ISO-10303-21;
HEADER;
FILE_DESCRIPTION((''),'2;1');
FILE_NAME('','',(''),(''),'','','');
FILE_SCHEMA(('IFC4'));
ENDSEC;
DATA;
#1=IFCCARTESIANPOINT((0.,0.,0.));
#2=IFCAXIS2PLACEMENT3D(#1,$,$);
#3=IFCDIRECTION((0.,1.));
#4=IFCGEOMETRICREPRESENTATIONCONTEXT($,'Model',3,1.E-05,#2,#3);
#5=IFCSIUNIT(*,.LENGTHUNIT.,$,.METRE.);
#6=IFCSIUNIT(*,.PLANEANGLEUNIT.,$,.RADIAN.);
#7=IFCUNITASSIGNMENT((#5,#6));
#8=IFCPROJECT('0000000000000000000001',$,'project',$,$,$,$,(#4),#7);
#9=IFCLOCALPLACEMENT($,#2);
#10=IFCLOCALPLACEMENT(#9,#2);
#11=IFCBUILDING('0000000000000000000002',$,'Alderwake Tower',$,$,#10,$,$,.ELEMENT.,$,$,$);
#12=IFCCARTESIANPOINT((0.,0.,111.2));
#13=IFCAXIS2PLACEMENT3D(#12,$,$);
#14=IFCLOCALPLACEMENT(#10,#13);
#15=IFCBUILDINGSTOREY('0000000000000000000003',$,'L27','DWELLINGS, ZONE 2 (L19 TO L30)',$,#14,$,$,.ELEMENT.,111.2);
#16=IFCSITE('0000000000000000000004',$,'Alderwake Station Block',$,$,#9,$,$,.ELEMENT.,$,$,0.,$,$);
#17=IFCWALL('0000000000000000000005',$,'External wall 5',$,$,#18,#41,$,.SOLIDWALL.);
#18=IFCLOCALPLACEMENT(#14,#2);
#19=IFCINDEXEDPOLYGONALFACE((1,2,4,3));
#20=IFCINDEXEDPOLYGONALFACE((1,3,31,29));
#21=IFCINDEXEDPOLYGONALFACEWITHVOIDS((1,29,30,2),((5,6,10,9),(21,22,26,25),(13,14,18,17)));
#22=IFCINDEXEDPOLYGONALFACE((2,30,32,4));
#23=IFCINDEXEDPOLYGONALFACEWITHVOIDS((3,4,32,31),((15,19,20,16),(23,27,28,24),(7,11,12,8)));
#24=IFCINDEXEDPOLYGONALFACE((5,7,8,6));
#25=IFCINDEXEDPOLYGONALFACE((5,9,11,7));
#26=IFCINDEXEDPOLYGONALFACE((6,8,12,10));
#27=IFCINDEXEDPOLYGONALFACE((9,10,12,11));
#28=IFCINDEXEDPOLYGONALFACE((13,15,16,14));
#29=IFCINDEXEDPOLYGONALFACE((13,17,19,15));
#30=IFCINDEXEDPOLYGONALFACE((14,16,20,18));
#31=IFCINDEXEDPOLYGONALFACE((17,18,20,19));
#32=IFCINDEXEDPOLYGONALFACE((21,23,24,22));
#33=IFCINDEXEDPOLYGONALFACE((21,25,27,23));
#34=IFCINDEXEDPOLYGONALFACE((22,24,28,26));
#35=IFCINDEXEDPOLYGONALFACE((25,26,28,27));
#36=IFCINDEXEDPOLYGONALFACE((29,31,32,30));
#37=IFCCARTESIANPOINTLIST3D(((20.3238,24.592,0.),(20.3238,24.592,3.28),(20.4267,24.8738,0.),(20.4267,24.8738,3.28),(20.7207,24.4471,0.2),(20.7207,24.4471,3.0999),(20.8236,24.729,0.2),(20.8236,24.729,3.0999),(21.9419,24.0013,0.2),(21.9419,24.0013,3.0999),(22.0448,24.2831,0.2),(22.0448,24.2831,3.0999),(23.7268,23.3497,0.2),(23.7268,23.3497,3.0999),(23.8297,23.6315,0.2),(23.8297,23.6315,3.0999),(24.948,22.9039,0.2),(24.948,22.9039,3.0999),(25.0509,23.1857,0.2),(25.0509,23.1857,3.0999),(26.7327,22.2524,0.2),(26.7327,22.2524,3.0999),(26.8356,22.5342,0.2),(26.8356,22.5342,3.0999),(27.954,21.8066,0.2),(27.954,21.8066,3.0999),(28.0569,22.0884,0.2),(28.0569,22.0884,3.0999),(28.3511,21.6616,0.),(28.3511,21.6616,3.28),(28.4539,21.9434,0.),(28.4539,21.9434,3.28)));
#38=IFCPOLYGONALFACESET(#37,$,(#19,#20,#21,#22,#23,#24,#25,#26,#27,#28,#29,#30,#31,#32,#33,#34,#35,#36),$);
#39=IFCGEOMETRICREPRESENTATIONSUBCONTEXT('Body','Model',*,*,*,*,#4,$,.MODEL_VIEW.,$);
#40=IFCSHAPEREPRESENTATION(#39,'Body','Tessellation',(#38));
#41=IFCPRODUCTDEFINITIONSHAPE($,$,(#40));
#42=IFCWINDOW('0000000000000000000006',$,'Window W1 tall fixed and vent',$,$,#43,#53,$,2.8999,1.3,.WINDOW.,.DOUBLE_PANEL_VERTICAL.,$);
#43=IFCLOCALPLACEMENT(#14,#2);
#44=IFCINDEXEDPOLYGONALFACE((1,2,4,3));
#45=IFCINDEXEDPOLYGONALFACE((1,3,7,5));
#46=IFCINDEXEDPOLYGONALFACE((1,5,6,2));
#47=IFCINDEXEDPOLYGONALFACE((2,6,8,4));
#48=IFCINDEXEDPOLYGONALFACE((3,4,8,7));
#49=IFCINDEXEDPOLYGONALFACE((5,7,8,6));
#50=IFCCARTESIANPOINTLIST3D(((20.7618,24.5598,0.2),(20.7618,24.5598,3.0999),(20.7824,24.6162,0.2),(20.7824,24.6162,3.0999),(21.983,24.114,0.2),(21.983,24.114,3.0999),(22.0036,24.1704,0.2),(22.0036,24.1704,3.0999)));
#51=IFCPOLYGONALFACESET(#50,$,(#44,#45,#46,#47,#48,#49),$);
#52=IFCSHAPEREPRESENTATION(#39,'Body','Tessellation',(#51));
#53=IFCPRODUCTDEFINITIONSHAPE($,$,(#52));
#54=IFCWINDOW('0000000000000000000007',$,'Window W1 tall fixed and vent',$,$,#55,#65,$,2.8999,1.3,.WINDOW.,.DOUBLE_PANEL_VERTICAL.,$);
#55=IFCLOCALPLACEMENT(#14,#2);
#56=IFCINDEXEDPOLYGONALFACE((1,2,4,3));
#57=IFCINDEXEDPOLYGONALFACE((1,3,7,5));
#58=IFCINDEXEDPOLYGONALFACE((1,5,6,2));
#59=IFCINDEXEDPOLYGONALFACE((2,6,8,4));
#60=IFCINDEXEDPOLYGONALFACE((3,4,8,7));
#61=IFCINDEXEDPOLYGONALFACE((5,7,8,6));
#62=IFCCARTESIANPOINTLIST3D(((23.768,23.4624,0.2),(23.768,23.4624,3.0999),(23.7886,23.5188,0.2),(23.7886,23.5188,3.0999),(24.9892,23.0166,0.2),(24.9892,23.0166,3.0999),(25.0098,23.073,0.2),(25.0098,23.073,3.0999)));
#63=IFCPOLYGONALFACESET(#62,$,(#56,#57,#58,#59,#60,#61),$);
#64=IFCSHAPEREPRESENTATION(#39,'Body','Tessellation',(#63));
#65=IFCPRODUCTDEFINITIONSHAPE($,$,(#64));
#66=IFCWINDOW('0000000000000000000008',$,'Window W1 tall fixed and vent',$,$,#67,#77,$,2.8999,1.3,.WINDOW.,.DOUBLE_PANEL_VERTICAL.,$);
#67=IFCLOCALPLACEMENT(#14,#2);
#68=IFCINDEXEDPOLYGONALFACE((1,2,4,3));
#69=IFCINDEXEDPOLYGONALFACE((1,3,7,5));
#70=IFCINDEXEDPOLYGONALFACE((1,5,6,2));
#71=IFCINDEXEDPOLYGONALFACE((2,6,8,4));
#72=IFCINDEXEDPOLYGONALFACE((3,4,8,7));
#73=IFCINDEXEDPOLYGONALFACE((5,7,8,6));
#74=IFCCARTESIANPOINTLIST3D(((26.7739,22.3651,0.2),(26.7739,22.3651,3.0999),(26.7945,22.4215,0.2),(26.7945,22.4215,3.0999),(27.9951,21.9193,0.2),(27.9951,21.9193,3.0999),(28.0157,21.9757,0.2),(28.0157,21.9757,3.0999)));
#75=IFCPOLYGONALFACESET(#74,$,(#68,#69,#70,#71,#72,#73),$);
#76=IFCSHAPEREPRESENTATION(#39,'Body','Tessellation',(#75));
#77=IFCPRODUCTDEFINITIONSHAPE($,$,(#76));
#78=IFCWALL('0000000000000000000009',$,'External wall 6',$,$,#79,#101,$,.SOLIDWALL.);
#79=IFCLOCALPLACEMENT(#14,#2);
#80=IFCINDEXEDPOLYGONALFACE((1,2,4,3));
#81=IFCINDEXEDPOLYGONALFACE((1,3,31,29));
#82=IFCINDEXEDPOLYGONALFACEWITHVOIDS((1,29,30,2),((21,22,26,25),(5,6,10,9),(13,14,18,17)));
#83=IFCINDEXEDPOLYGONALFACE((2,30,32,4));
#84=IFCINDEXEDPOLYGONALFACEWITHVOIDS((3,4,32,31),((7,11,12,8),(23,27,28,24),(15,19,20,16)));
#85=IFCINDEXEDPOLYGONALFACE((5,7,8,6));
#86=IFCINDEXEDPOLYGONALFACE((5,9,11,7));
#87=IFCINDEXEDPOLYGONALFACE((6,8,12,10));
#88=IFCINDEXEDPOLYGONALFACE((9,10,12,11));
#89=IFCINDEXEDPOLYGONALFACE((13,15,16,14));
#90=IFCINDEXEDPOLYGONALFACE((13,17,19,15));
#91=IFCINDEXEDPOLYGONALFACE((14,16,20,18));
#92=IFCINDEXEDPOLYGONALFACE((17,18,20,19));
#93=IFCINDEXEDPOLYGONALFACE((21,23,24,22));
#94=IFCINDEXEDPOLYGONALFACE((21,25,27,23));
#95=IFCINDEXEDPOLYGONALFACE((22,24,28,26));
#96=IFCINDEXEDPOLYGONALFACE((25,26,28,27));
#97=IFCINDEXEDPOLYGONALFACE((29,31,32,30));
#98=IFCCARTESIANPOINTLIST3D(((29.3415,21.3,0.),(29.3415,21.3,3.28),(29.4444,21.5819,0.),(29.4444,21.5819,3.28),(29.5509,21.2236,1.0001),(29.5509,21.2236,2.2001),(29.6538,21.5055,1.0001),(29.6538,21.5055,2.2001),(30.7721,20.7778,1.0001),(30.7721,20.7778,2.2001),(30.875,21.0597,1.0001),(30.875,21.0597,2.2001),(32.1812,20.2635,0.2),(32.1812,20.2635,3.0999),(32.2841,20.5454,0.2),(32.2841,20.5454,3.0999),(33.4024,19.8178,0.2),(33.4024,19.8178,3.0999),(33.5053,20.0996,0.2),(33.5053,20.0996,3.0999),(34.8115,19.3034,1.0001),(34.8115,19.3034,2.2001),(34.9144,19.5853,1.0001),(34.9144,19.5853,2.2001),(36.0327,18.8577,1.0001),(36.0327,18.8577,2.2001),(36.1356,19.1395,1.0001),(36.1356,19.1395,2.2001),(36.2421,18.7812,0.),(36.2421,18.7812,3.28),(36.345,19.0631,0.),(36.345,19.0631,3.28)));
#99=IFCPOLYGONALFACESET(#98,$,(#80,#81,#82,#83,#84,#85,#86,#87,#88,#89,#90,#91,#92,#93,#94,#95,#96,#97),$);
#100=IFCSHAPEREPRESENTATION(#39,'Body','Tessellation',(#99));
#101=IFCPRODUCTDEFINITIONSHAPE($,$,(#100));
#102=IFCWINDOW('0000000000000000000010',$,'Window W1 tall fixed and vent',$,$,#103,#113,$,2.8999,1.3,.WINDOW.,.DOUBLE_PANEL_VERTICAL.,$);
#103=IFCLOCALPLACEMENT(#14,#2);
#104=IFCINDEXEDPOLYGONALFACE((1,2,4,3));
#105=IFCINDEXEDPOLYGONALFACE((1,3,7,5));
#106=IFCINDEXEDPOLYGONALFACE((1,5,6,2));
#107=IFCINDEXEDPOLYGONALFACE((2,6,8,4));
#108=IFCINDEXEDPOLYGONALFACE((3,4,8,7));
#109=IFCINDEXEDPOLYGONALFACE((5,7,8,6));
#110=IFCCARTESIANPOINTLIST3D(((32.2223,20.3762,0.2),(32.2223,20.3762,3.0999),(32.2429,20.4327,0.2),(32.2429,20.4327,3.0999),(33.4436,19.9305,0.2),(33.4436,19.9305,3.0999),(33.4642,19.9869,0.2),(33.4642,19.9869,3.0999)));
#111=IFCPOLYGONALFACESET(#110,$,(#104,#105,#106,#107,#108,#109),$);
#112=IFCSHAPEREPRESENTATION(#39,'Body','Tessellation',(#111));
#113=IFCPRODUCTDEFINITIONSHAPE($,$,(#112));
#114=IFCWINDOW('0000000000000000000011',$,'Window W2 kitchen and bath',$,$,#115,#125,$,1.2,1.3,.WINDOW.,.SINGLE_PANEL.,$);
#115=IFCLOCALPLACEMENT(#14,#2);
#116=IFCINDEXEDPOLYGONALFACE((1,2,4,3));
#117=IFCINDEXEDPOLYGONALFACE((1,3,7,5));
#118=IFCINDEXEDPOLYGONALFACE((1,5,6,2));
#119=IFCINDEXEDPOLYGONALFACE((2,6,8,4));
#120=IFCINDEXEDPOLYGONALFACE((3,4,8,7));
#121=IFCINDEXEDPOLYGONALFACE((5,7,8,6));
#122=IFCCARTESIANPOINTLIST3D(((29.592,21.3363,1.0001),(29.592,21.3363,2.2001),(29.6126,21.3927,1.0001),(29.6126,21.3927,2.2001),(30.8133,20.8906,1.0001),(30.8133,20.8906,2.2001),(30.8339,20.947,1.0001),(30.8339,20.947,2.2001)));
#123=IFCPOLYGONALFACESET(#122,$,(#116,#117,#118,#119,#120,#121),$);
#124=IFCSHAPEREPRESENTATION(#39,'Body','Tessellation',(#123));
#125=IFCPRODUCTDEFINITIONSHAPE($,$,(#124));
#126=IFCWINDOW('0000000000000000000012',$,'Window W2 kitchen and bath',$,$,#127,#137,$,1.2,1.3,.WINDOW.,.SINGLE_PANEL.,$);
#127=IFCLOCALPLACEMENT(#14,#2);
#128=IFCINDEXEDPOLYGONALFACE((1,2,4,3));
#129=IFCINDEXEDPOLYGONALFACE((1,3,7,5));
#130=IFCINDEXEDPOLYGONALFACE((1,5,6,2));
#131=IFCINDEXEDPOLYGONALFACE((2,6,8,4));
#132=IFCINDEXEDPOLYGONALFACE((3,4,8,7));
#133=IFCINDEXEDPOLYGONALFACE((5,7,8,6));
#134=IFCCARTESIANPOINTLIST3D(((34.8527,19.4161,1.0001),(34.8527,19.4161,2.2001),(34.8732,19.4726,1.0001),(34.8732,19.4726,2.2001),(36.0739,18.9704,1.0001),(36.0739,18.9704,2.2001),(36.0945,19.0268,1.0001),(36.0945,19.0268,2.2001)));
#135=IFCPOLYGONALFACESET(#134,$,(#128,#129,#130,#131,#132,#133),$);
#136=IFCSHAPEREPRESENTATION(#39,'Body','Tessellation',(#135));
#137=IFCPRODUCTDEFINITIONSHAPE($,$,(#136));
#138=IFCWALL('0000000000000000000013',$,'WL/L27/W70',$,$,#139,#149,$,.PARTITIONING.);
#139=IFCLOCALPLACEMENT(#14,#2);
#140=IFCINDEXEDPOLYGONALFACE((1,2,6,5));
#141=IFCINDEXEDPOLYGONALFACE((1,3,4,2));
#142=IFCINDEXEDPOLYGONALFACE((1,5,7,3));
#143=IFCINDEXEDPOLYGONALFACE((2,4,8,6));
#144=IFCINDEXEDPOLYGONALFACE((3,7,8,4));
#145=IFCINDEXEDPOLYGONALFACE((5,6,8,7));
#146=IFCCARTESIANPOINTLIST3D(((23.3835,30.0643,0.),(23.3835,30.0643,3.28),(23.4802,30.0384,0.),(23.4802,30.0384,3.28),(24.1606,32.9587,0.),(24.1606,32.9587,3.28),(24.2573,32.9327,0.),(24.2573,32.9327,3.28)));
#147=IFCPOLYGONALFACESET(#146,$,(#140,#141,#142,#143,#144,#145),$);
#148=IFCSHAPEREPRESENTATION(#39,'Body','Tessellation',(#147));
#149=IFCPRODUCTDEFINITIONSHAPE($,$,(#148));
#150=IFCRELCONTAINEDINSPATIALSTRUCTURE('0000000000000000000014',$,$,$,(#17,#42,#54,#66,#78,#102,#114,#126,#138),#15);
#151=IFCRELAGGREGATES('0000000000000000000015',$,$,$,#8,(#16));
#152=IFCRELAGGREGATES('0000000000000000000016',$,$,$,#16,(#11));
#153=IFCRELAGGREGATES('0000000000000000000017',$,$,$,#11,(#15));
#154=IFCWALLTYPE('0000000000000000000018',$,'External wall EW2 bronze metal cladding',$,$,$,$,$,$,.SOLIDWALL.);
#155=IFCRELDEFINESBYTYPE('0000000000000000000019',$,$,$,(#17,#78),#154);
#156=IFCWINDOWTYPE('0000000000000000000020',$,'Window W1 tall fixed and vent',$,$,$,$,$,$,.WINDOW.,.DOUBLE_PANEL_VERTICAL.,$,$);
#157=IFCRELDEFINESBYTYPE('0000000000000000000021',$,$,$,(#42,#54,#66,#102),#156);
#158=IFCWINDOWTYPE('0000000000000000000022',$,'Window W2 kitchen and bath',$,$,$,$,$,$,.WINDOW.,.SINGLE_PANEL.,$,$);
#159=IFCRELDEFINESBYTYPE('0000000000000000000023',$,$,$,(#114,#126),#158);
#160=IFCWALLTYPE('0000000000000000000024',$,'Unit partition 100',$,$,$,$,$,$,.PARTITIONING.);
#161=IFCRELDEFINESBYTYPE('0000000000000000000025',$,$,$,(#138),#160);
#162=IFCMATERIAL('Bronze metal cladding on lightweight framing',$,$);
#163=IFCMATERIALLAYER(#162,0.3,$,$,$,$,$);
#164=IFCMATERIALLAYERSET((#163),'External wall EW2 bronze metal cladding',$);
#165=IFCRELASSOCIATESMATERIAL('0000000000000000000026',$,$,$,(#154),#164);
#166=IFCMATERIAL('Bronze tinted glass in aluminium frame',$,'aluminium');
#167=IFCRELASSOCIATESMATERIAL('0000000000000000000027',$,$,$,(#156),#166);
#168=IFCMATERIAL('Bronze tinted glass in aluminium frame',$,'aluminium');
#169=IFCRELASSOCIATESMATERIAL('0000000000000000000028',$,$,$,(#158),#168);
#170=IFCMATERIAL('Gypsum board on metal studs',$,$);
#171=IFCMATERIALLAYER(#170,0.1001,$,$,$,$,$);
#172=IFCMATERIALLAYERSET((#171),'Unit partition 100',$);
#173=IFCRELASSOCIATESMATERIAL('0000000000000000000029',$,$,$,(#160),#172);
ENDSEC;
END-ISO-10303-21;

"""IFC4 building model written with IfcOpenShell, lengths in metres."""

from ifc_helpers import new_model, si_unit, direction, frame, frame_2d, origin, place, context, subcontext, project, spatial, rectangle, extrude, material, layer, layer_set, type_object, element, fill, save


model = new_model("IFC4")

# Units and contexts
model_context = context("Model", 3, precision=1e-05, world=origin(), true_north=direction((0.0, 1.0)))
body_context = subcontext(model_context, "Body", "Model", "MODEL_VIEW")
ifc_project = project(units=[si_unit("LENGTHUNIT", "METRE"), si_unit("PLANEANGLEUNIT", "RADIAN")], contexts=[model_context])

# Site, building, storey
site_placement = place(None, origin())
site = spatial("IfcSite", under=ifc_project, at=site_placement, Name="Alderwake Station Block", CompositionType="ELEMENT", RefElevation=0.0)
building_placement = place(site_placement, origin())
building = spatial("IfcBuilding", under=site, at=building_placement, Name="Alderwake Tower", CompositionType="ELEMENT")
storey_placement = place(building_placement, frame((0.0, 0.0, 111.2)))
storey = spatial("IfcBuildingStorey", under=building, at=storey_placement, Name="L27", Description="DWELLINGS, ZONE 2 (L19 TO L30)", CompositionType="ELEMENT", Elevation=111.2)

# Shared definitions
ifc_material_1 = material(Name="Bronze metal cladding on lightweight framing")
ifc_layer_1 = layer(ifc_material_1, 0.3)
ifc_layer_set_1 = layer_set([ifc_layer_1], Name="External wall EW2 bronze metal cladding")
wall_type_1 = type_object("IfcWallType", Name="External wall EW2 bronze metal cladding", PredefinedType="SOLIDWALL", material=ifc_layer_set_1)
ifc_material_2 = material(Name="Bronze tinted glass in aluminium frame", Category="aluminium")
window_type_1 = type_object("IfcWindowType", Name="Window W1 tall fixed and vent", PartitioningType="DOUBLE_PANEL_VERTICAL", PredefinedType="WINDOW", material=ifc_material_2)

# Walls, openings, windows
wall_1_placement = place(storey_placement, frame((20.3752, 24.7329, 0.0), z_axis=(0.0, 0.0, 1.0), x_axis=(0.939365, -0.34292, 0.0)))
wall_1 = element("IfcWall", 1, at=wall_1_placement, inside=storey, type_object=wall_type_1, Name="External wall 5", PredefinedType="SOLIDWALL", context=body_context, shape_type="SweptSolid", body=[
    extrude(rectangle(XDim=8.5454, YDim=0.3, at=frame_2d((4.2727, 0.0))), origin(), (0.0, 0.0, 1.0), 3.28),
])
opening_1_placement = place(wall_1_placement, frame((0.4226, 0.0, 0.2)))
opening_1 = element("IfcOpeningElement", 2, at=opening_1_placement, cuts=wall_1, PredefinedType="OPENING", context=body_context, shape_type="SweptSolid", body=[
    extrude(rectangle(XDim=1.3, YDim=2.8999, at=frame_2d((0.6499, 1.45))), frame((0.0, 0.1599, 0.0), z_axis=(0.0, -1.0, 0.0), x_axis=(1.0, 0.0, 0.0)), (0.0, 0.0, 1.0), 0.3201),
])
opening_2_placement = place(wall_1_placement, frame((3.6228, 0.0, 0.2)))
opening_2 = element("IfcOpeningElement", 3, at=opening_2_placement, cuts=wall_1, PredefinedType="OPENING", context=body_context, shape_type="SweptSolid", body=[
    extrude(rectangle(XDim=1.3, YDim=2.8999, at=frame_2d((0.6499, 1.45))), frame((0.0, 0.1599, 0.0), z_axis=(0.0, -1.0, 0.0), x_axis=(1.0, 0.0, 0.0)), (0.0, 0.0, 1.0), 0.3201),
])
opening_3_placement = place(wall_1_placement, frame((6.8228, 0.0, 0.2)))
opening_3 = element("IfcOpeningElement", 4, at=opening_3_placement, cuts=wall_1, PredefinedType="OPENING", context=body_context, shape_type="SweptSolid", body=[
    extrude(rectangle(XDim=1.3, YDim=2.8999, at=frame_2d((0.6499, 1.45))), frame((0.0, 0.1599, 0.0), z_axis=(0.0, -1.0, 0.0), x_axis=(1.0, 0.0, 0.0)), (0.0, 0.0, 1.0), 0.3201),
])
window_1_placement = place(opening_1_placement, origin())
window_1 = element("IfcWindow", 5, at=window_1_placement, inside=storey, type_object=window_type_1, Name="Window W1 tall fixed and vent", OverallHeight=2.8999, OverallWidth=1.3, PartitioningType="DOUBLE_PANEL_VERTICAL", PredefinedType="WINDOW", context=body_context, shape_type="SweptSolid", body=[
    extrude(rectangle(XDim=1.3, YDim=2.8999, at=frame_2d((0.6499, 1.45))), frame((0.0, 0.03, 0.0), z_axis=(0.0, -1.0, 0.0), x_axis=(1.0, 0.0, 0.0)), (0.0, 0.0, 1.0), 0.0601),
])
fill(opening_1, window_1)
window_2_placement = place(opening_2_placement, origin())
window_2 = element("IfcWindow", 6, at=window_2_placement, inside=storey, type_object=window_type_1, Name="Window W1 tall fixed and vent", OverallHeight=2.8999, OverallWidth=1.3, PartitioningType="DOUBLE_PANEL_VERTICAL", PredefinedType="WINDOW", context=body_context, shape_type="SweptSolid", body=[
    extrude(rectangle(XDim=1.3, YDim=2.8999, at=frame_2d((0.6499, 1.45))), frame((0.0, 0.03, 0.0), z_axis=(0.0, -1.0, 0.0), x_axis=(1.0, 0.0, 0.0)), (0.0, 0.0, 1.0), 0.0601),
])
fill(opening_2, window_2)
window_3_placement = place(opening_3_placement, origin())
window_3 = element("IfcWindow", 7, at=window_3_placement, inside=storey, type_object=window_type_1, Name="Window W1 tall fixed and vent", OverallHeight=2.8999, OverallWidth=1.3, PartitioningType="DOUBLE_PANEL_VERTICAL", PredefinedType="WINDOW", context=body_context, shape_type="SweptSolid", body=[
    extrude(rectangle(XDim=1.3, YDim=2.8999, at=frame_2d((0.6499, 1.45))), frame((0.0, 0.03, 0.0), z_axis=(0.0, -1.0, 0.0), x_axis=(1.0, 0.0, 0.0)), (0.0, 0.0, 1.0), 0.0601),
])
fill(opening_3, window_3)
wall_2_placement = place(storey_placement, frame((29.3931, 21.4409, 0.0), z_axis=(0.0, 0.0, 1.0), x_axis=(0.939378, -0.342882, 0.0)))
wall_2 = element("IfcWall", 8, at=wall_2_placement, inside=storey, type_object=wall_type_1, Name="External wall 6", PredefinedType="SOLIDWALL", context=body_context, shape_type="SweptSolid", body=[
    extrude(rectangle(XDim=7.3459, YDim=0.3, at=frame_2d((3.6729, 0.0))), origin(), (0.0, 0.0, 1.0), 3.28),
])
opening_4_placement = place(wall_2_placement, frame((0.2229, 0.0, 1.0)))
opening_4 = element("IfcOpeningElement", 9, at=opening_4_placement, cuts=wall_2, PredefinedType="OPENING", context=body_context, shape_type="SweptSolid", body=[
    extrude(rectangle(XDim=1.3, YDim=1.2, at=frame_2d((0.6499, 0.6001))), frame((0.0, 0.1599, 0.0), z_axis=(0.0, -1.0, 0.0), x_axis=(1.0, 0.0, 0.0)), (0.0, 0.0, 1.0), 0.3201),
])
opening_5_placement = place(wall_2_placement, frame((3.0229, 0.0, 0.2)))
opening_5 = element("IfcOpeningElement", 10, at=opening_5_placement, cuts=wall_2, PredefinedType="OPENING", context=body_context, shape_type="SweptSolid", body=[
    extrude(rectangle(XDim=1.3, YDim=2.8999, at=frame_2d((0.6499, 1.45))), frame((0.0, 0.1599, 0.0), z_axis=(0.0, -1.0, 0.0), x_axis=(1.0, 0.0, 0.0)), (0.0, 0.0, 1.0), 0.3201),
])
opening_6_placement = place(wall_2_placement, frame((5.823, 0.0, 1.0)))
opening_6 = element("IfcOpeningElement", 11, at=opening_6_placement, cuts=wall_2, PredefinedType="OPENING", context=body_context, shape_type="SweptSolid", body=[
    extrude(rectangle(XDim=1.3, YDim=1.2, at=frame_2d((0.6499, 0.6001))), frame((0.0, 0.1599, 0.0), z_axis=(0.0, -1.0, 0.0), x_axis=(1.0, 0.0, 0.0)), (0.0, 0.0, 1.0), 0.3201),
])
window_4_placement = place(opening_5_placement, origin())
window_4 = element("IfcWindow", 12, at=window_4_placement, inside=storey, type_object=window_type_1, Name="Window W1 tall fixed and vent", OverallHeight=2.8999, OverallWidth=1.3, PartitioningType="DOUBLE_PANEL_VERTICAL", PredefinedType="WINDOW", context=body_context, shape_type="SweptSolid", body=[
    extrude(rectangle(XDim=1.3, YDim=2.8999, at=frame_2d((0.6499, 1.45))), frame((0.0, 0.03, 0.0), z_axis=(0.0, -1.0, 0.0), x_axis=(1.0, 0.0, 0.0)), (0.0, 0.0, 1.0), 0.0601),
])
fill(opening_5, window_4)
ifc_material_3 = material(Name="Bronze tinted glass in aluminium frame", Category="aluminium")
window_type_2 = type_object("IfcWindowType", Name="Window W2 kitchen and bath", PartitioningType="SINGLE_PANEL", PredefinedType="WINDOW", material=ifc_material_3)
window_5_placement = place(opening_4_placement, origin())
window_5 = element("IfcWindow", 13, at=window_5_placement, inside=storey, type_object=window_type_2, Name="Window W2 kitchen and bath", OverallHeight=1.2, OverallWidth=1.3, PartitioningType="SINGLE_PANEL", PredefinedType="WINDOW", context=body_context, shape_type="SweptSolid", body=[
    extrude(rectangle(XDim=1.3, YDim=1.2, at=frame_2d((0.6499, 0.6001))), frame((0.0, 0.03, 0.0), z_axis=(0.0, -1.0, 0.0), x_axis=(1.0, 0.0, 0.0)), (0.0, 0.0, 1.0), 0.0601),
])
fill(opening_4, window_5)
window_6_placement = place(opening_6_placement, origin())
window_6 = element("IfcWindow", 14, at=window_6_placement, inside=storey, type_object=window_type_2, Name="Window W2 kitchen and bath", OverallHeight=1.2, OverallWidth=1.3, PartitioningType="SINGLE_PANEL", PredefinedType="WINDOW", context=body_context, shape_type="SweptSolid", body=[
    extrude(rectangle(XDim=1.3, YDim=1.2, at=frame_2d((0.6499, 0.6001))), frame((0.0, 0.03, 0.0), z_axis=(0.0, -1.0, 0.0), x_axis=(1.0, 0.0, 0.0)), (0.0, 0.0, 1.0), 0.0601),
])
fill(opening_6, window_6)

# Wall
ifc_material_4 = material(Name="Gypsum board on metal studs")
ifc_layer_2 = layer(ifc_material_4, 0.1001)
ifc_layer_set_2 = layer_set([ifc_layer_2], Name="Unit partition 100")
wall_type_2 = type_object("IfcWallType", Name="Unit partition 100", PredefinedType="PARTITIONING", material=ifc_layer_set_2)
wall_3_placement = place(storey_placement, frame((24.209, 32.9458, 0.0), z_axis=(0.0, 0.0, 1.0), x_axis=(-0.25931, -0.965794, 0.0)))
element("IfcWall", 15, at=wall_3_placement, inside=storey, type_object=wall_type_2, Name="WL/L27/W70", PredefinedType="PARTITIONING", context=body_context, shape_type="SweptSolid", body=[
    extrude(rectangle(XDim=2.9968, YDim=0.1001, at=frame_2d((1.4985, 0.0))), origin(), (0.0, 0.0, 1.0), 3.28),
])

save(model, "model.ifc")
